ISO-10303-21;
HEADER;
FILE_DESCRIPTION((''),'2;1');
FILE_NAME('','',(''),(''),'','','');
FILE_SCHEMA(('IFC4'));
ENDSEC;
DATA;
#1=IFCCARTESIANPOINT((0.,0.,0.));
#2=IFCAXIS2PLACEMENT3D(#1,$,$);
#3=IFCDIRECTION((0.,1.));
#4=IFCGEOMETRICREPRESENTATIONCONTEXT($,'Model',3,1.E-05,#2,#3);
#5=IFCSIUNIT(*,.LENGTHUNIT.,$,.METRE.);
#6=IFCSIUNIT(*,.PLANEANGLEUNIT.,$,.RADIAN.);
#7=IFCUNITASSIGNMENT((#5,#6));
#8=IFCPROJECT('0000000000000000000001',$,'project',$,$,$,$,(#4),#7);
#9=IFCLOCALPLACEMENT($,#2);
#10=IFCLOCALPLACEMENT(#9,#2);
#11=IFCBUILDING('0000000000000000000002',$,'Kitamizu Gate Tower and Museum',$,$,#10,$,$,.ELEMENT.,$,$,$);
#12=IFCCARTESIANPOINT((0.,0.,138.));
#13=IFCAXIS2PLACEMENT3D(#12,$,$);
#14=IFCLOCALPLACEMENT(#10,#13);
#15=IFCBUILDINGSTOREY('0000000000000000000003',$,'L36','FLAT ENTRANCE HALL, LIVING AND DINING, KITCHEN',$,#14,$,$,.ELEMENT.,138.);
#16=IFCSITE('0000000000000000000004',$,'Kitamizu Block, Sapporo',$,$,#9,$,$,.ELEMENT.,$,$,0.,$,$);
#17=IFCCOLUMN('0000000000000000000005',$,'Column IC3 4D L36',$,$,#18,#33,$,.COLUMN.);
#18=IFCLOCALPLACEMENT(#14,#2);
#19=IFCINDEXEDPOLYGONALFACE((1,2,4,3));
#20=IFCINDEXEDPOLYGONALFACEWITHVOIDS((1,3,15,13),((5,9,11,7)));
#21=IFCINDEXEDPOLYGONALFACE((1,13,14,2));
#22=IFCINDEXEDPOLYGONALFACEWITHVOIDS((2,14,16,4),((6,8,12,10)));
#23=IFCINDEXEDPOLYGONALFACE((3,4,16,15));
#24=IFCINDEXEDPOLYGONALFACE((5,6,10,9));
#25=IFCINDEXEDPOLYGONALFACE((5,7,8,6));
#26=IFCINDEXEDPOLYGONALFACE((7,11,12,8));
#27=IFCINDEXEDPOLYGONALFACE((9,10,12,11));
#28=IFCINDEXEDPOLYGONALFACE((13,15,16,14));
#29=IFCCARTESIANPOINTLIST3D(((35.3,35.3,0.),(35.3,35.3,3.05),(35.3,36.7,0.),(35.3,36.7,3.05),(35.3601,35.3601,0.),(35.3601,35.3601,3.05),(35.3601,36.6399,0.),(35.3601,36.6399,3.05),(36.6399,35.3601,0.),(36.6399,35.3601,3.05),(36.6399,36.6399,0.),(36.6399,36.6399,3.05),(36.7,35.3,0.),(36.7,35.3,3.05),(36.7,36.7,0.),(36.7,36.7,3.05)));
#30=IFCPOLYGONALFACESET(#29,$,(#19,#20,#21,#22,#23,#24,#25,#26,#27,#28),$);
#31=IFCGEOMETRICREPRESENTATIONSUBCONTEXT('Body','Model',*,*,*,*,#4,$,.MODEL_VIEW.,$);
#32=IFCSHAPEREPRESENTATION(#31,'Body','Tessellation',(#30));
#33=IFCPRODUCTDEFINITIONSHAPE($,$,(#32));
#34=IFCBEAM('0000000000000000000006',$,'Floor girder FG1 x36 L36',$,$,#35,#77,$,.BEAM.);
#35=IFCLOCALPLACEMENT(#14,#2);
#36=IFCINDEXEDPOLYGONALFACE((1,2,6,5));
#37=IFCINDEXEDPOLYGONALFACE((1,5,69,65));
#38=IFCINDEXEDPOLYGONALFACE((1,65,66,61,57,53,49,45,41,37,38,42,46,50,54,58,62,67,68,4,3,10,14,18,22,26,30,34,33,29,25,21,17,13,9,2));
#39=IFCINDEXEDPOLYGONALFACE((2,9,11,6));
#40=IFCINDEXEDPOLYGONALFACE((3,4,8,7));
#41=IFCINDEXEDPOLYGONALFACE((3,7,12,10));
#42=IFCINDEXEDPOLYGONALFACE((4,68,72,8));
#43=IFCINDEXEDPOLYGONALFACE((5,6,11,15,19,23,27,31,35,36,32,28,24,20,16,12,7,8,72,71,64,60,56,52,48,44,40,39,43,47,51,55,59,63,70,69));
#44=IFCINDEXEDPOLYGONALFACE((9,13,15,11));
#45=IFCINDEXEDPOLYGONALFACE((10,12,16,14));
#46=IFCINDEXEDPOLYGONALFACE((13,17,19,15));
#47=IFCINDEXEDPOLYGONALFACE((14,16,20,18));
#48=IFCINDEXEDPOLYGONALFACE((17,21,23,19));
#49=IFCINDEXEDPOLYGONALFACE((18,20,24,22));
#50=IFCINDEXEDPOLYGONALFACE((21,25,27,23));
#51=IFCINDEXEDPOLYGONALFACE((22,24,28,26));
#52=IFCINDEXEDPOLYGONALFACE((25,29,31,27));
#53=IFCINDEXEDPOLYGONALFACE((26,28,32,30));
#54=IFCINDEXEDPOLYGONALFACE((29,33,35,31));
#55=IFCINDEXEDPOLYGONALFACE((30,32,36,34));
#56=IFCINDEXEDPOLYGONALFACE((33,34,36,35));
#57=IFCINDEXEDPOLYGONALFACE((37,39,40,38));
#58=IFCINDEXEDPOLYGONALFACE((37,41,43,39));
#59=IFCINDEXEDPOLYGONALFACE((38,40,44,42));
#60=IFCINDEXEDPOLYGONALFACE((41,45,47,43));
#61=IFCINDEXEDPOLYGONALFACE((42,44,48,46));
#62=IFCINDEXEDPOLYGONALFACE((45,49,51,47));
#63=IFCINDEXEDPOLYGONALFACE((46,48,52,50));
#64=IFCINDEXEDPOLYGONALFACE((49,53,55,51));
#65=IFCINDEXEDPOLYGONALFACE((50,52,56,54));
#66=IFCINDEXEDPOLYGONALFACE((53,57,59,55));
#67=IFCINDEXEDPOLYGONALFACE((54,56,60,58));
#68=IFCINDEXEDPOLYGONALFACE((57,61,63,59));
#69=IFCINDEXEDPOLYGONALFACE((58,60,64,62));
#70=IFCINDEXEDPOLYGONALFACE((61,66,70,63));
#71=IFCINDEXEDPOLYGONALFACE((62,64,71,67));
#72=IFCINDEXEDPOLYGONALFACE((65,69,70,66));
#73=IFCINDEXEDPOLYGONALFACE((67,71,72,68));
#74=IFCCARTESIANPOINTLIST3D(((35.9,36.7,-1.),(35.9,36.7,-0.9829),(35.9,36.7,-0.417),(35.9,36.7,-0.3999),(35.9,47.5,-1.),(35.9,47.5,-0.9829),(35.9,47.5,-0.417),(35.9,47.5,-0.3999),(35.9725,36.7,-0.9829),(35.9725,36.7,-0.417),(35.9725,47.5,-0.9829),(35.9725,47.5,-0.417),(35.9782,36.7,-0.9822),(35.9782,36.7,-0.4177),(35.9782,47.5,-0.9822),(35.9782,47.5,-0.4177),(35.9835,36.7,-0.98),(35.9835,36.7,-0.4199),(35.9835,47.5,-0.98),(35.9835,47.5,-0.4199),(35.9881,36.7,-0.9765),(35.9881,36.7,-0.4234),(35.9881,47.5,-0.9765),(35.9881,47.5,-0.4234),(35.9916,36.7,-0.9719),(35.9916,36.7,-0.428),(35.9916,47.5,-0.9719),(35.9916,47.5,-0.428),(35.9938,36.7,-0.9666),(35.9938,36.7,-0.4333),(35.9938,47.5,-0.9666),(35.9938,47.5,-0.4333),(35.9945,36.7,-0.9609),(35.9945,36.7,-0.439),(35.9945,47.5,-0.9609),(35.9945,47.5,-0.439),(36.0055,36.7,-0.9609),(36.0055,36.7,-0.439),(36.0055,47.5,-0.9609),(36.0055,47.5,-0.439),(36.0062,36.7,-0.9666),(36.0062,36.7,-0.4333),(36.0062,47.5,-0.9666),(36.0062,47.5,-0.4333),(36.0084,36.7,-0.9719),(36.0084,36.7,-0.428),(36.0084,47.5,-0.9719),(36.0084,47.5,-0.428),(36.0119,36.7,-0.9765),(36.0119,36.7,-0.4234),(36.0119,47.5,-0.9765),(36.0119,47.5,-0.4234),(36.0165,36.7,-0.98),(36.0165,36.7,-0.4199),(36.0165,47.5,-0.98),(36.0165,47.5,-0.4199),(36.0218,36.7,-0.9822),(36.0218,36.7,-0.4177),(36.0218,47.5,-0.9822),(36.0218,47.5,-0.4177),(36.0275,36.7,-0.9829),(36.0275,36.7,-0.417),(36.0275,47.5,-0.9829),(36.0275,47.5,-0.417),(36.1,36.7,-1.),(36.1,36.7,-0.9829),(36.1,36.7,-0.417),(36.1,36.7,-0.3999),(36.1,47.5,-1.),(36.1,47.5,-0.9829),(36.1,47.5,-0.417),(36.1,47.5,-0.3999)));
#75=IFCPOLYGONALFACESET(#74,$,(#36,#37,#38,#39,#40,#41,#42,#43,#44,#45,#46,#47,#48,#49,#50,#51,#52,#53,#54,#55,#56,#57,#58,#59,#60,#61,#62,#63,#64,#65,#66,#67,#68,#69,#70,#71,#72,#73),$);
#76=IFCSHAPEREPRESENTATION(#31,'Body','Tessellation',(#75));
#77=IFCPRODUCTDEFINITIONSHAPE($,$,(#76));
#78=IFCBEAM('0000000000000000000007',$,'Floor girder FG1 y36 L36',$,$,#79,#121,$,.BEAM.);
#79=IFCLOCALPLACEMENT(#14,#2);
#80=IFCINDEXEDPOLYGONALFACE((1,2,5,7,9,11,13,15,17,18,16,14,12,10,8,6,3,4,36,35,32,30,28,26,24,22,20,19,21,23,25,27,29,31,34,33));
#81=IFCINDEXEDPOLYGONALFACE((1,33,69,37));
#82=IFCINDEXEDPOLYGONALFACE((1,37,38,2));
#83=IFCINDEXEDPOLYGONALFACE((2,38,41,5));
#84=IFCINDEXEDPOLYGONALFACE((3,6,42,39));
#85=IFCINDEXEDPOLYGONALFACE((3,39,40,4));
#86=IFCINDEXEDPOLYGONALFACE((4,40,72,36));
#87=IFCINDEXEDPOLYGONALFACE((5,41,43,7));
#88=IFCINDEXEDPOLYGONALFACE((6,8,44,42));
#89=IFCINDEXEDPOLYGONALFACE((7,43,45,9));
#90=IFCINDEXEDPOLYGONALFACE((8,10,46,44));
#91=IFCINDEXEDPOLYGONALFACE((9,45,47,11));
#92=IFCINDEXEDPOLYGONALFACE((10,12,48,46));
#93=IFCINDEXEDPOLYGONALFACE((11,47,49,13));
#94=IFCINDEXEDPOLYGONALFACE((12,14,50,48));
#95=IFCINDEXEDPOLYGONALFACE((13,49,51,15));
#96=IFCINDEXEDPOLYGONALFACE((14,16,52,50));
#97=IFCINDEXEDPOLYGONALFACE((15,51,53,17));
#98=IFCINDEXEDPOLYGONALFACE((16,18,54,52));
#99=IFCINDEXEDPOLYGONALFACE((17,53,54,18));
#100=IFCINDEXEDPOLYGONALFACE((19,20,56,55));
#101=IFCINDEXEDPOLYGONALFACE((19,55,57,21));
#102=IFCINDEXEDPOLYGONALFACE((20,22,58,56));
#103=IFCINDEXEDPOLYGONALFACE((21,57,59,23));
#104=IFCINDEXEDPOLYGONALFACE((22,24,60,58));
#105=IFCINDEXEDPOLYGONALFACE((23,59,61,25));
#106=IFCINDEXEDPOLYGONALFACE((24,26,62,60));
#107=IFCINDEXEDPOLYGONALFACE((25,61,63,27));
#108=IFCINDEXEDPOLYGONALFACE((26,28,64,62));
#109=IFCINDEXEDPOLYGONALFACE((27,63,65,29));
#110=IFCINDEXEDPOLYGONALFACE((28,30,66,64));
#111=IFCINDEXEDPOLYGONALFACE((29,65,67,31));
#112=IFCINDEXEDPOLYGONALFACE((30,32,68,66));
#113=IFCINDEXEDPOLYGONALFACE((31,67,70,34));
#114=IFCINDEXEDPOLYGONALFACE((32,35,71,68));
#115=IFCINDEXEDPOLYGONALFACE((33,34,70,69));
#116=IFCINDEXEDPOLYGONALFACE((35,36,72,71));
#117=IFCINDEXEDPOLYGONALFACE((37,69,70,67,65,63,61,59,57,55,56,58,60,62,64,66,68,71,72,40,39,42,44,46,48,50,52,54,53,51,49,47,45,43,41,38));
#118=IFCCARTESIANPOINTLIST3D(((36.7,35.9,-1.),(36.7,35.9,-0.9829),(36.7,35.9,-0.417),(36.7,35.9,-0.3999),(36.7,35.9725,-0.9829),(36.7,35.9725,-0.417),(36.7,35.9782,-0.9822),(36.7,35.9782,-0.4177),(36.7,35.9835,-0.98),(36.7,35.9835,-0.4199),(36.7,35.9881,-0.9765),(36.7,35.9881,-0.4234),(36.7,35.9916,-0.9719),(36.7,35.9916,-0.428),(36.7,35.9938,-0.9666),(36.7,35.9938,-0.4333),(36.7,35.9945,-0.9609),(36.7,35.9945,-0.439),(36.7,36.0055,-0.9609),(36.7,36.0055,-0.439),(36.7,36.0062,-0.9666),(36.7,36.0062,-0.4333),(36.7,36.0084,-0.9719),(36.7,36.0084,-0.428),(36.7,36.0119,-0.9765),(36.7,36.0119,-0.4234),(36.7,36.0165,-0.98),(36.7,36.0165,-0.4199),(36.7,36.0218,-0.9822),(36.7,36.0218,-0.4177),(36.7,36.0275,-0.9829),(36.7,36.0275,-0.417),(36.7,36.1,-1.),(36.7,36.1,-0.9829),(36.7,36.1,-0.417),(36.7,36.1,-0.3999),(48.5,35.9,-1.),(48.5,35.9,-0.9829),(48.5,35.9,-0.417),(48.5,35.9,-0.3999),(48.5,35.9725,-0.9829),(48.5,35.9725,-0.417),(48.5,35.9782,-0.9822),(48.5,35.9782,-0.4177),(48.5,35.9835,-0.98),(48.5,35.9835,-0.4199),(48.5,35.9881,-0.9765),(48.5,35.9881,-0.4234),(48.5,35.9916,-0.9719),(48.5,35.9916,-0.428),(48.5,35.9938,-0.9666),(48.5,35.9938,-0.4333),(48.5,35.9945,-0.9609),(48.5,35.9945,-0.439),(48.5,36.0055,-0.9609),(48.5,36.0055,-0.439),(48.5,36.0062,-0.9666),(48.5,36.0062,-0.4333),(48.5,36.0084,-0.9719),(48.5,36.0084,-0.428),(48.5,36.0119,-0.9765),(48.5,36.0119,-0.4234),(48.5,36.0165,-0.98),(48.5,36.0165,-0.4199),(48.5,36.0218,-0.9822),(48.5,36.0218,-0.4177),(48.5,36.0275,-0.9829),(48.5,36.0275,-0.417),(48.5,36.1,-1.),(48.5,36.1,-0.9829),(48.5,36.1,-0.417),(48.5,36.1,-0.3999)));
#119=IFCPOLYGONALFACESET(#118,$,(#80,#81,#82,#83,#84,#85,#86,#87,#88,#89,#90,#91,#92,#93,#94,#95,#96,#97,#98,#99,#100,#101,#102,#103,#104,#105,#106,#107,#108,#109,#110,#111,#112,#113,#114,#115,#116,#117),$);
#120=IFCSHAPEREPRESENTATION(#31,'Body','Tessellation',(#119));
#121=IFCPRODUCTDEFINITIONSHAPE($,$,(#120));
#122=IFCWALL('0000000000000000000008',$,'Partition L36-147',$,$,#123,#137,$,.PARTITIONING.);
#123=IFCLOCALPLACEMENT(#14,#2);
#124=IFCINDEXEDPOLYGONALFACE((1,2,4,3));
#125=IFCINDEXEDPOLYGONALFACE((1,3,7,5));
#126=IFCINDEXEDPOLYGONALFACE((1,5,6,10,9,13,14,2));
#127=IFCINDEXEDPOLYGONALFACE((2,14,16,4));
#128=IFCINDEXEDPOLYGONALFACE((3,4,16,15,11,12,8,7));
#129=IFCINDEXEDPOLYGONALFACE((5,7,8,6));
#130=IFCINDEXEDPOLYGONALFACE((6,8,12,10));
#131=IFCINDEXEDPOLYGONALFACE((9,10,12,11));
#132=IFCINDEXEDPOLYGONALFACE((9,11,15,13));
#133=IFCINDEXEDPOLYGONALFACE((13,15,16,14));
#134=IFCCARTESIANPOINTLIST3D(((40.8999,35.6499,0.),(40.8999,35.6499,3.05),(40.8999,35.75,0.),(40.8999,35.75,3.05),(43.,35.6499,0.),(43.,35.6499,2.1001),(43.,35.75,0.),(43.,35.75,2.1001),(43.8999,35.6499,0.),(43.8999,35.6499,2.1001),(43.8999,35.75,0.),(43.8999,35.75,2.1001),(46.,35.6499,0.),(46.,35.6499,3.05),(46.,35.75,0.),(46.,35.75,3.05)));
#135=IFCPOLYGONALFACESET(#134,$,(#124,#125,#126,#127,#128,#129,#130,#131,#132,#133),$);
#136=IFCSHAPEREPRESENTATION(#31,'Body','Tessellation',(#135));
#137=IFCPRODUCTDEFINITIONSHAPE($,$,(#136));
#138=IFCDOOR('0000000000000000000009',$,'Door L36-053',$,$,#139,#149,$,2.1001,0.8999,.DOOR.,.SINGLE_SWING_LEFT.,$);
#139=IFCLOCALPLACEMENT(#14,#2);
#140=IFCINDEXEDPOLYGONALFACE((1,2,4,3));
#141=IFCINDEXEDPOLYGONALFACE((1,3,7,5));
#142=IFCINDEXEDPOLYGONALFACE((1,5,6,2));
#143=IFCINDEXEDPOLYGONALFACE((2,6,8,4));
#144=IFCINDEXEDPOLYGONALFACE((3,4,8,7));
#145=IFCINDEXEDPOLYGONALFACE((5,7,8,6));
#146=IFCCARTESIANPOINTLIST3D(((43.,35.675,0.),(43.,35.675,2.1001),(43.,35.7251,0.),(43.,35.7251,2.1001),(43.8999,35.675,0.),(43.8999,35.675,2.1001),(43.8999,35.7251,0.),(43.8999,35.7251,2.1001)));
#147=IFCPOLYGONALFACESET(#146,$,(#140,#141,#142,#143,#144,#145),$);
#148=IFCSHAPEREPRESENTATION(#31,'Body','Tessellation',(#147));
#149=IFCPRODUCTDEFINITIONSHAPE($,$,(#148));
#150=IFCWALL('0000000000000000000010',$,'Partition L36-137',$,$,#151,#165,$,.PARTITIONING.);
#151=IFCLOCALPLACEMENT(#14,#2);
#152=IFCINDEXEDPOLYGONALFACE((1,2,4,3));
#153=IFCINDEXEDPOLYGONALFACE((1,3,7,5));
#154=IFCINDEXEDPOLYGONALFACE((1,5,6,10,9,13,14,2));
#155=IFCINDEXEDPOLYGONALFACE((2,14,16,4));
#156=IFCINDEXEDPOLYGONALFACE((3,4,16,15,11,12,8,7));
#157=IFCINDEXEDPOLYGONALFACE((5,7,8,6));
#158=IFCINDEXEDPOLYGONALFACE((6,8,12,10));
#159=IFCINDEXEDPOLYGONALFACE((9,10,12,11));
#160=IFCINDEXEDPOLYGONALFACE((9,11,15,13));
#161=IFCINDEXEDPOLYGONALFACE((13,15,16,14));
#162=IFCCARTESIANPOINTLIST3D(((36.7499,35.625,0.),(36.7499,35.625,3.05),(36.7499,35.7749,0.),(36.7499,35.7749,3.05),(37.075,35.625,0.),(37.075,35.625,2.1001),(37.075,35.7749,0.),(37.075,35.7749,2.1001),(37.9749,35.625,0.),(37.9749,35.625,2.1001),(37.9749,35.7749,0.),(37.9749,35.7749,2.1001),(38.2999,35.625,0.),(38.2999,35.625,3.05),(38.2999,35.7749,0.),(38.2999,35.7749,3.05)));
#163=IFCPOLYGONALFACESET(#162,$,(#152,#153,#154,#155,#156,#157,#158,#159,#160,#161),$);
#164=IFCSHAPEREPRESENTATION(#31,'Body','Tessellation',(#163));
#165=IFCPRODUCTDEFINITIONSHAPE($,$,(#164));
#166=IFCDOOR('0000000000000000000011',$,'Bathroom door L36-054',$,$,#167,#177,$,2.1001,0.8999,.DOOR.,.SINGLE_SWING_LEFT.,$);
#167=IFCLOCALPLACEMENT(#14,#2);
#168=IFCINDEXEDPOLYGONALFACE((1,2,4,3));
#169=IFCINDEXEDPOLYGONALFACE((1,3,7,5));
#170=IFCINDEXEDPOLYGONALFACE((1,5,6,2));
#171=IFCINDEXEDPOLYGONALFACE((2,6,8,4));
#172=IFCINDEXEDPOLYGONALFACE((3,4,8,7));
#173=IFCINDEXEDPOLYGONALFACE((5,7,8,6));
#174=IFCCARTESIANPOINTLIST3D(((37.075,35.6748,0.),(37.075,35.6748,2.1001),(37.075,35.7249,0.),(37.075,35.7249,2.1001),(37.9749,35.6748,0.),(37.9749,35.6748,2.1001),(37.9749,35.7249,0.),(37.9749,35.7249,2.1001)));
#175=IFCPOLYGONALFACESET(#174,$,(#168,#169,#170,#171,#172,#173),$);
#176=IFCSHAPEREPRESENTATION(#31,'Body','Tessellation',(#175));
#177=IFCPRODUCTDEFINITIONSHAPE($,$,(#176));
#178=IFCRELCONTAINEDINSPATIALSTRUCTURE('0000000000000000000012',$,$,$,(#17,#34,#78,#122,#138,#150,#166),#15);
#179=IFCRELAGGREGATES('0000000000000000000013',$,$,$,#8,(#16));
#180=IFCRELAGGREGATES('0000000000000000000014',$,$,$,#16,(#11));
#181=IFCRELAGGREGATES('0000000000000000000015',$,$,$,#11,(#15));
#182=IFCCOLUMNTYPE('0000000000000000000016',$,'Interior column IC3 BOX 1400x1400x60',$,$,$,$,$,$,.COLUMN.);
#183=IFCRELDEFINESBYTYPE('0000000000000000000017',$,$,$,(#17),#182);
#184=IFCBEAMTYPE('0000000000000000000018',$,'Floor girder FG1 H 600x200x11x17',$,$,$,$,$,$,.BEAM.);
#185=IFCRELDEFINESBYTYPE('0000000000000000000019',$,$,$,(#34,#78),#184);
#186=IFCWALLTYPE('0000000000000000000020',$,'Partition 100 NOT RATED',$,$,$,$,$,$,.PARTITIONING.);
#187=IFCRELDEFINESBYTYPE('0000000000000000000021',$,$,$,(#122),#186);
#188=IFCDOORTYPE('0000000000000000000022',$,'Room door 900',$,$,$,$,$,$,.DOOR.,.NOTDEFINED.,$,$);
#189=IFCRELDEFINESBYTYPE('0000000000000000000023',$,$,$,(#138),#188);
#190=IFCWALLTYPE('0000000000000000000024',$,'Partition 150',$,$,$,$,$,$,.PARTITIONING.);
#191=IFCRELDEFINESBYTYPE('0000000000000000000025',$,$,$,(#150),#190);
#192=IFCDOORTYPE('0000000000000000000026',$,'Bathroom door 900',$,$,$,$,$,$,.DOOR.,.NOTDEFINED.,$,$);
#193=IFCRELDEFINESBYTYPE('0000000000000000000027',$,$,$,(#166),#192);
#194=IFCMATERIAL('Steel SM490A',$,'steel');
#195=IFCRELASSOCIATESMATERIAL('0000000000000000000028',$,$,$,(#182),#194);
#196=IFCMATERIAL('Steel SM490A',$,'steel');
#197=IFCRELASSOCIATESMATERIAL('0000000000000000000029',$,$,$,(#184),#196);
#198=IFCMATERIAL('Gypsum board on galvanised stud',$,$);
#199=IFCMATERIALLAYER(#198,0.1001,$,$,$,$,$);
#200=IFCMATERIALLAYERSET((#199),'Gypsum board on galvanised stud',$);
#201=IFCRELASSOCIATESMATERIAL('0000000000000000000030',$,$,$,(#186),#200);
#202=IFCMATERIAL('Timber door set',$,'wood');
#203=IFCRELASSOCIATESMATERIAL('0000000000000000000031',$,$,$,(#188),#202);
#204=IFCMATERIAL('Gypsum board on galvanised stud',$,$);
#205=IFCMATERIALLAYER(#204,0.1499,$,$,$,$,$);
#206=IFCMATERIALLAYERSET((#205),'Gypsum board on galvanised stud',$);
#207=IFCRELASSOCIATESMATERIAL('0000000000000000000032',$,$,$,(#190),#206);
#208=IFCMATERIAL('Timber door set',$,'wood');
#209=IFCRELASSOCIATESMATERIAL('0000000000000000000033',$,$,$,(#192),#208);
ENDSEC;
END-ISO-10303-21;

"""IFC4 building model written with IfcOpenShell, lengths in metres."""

from ifc_helpers import new_model, si_unit, direction, frame, frame_2d, origin, origin_2d, place, context, subcontext, project, spatial, rectangle, hollow_rectangle, i_section, extrude, material, layer, layer_set, material_profile, profile_set, type_object, element, fill, save


model = new_model("IFC4")

# Units and contexts
model_context = context("Model", 3, precision=1e-05, world=origin(), true_north=direction((0.0, 1.0)))
body_context = subcontext(model_context, "Body", "Model", "MODEL_VIEW")
ifc_project = project(units=[si_unit("LENGTHUNIT", "METRE"), si_unit("PLANEANGLEUNIT", "RADIAN")], contexts=[model_context])

# Site, building, storey
site_placement = place(None, origin())
site = spatial("IfcSite", under=ifc_project, at=site_placement, Name="Kitamizu Block, Sapporo", CompositionType="ELEMENT", RefElevation=0.0)
building_placement = place(site_placement, origin())
building = spatial("IfcBuilding", under=site, at=building_placement, Name="Kitamizu Gate Tower and Museum", CompositionType="ELEMENT")
storey_placement = place(building_placement, frame((0.0, 0.0, 138.0)))
storey = spatial("IfcBuildingStorey", under=building, at=storey_placement, Name="L36", Description="FLAT ENTRANCE HALL, LIVING AND DINING, KITCHEN", CompositionType="ELEMENT", Elevation=138.0)

# Column
ifc_material_1 = material(Name="Steel SM490A", Category="steel")
ifc_material_profile_1 = material_profile(ifc_material_1, hollow_rectangle(XDim=1.3999, YDim=1.3999, WallThickness=0.0601, at=origin_2d()), Name="BOX 1400x1400x60")
ifc_profile_set_1 = profile_set([ifc_material_profile_1], Name="Steel SM490A")
column_type = type_object("IfcColumnType", Name="Interior column IC3 BOX 1400x1400x60", PredefinedType="COLUMN", material=ifc_profile_set_1)
column_placement = place(storey_placement, frame((36.0, 36.0, 0.0), z_axis=(0.0, 0.0, 1.0), x_axis=(1.0, 0.0, 0.0)))
element("IfcColumn", 1, at=column_placement, inside=storey, type_object=column_type, Name="Column IC3 4D L36", PredefinedType="COLUMN", context=body_context, shape_type="SweptSolid", body=[
    extrude(hollow_rectangle(XDim=1.3999, YDim=1.3999, WallThickness=0.0601, at=origin_2d()), origin(), (0.0, 0.0, 1.0), 3.05),
])

# Beams
ifc_material_2 = material(Name="Steel SM490A", Category="steel")
ifc_material_profile_2 = material_profile(ifc_material_2, i_section(OverallWidth=0.2, OverallDepth=0.6001, WebThickness=0.011, FlangeThickness=0.0171, FilletRadius=0.022, at=origin_2d()), Name="H-600x200x11x17")
ifc_profile_set_2 = profile_set([ifc_material_profile_2], Name="Steel SM490A")
beam_type = type_object("IfcBeamType", Name="Floor girder FG1 H 600x200x11x17", PredefinedType="BEAM", material=ifc_profile_set_2)
beam_1_placement = place(storey_placement, frame((36.0, 36.7, -0.7), z_axis=(0.0, 1.0, 0.0), x_axis=(-1.0, 0.0, 0.0)))
element("IfcBeam", 2, at=beam_1_placement, inside=storey, type_object=beam_type, Name="Floor girder FG1 x36 L36", PredefinedType="BEAM", context=body_context, shape_type="SweptSolid", body=[
    extrude(i_section(OverallWidth=0.2, OverallDepth=0.6001, WebThickness=0.011, FlangeThickness=0.0171, FilletRadius=0.022, at=origin_2d()), origin(), (0.0, 0.0, 1.0), 10.8),
])
beam_2_placement = place(storey_placement, frame((36.7, 36.0, -0.7), z_axis=(1.0, 0.0, 0.0), x_axis=(0.0, 1.0, 0.0)))
element("IfcBeam", 3, at=beam_2_placement, inside=storey, type_object=beam_type, Name="Floor girder FG1 y36 L36", PredefinedType="BEAM", context=body_context, shape_type="SweptSolid", body=[
    extrude(i_section(OverallWidth=0.2, OverallDepth=0.6001, WebThickness=0.011, FlangeThickness=0.0171, FilletRadius=0.022, at=origin_2d()), origin(), (0.0, 0.0, 1.0), 11.8),
])

# Walls, openings, doors
ifc_material_3 = material(Name="Gypsum board on galvanised stud")
ifc_layer_1 = layer(ifc_material_3, 0.1001)
ifc_layer_set_1 = layer_set([ifc_layer_1], Name="Gypsum board on galvanised stud")
wall_type_1 = type_object("IfcWallType", Name="Partition 100 NOT RATED", PredefinedType="PARTITIONING", material=ifc_layer_set_1)
wall_1_placement = place(storey_placement, frame((40.8999, 35.7, 0.0), z_axis=(0.0, 0.0, 1.0), x_axis=(1.0, 0.0, 0.0)))
wall_1 = element("IfcWall", 4, at=wall_1_placement, inside=storey, type_object=wall_type_1, Name="Partition L36-147", PredefinedType="PARTITIONING", context=body_context, shape_type="SweptSolid", body=[
    extrude(rectangle(XDim=5.1001, YDim=0.1001, at=frame_2d((2.55, 0.0))), origin(), (0.0, 0.0, 1.0), 3.05),
])
opening_1_placement = place(wall_1_placement, frame((2.1001, 0.0, 0.0)))
opening_1 = element("IfcOpeningElement", 5, at=opening_1_placement, cuts=wall_1, PredefinedType="OPENING", context=body_context, shape_type="SweptSolid", body=[
    extrude(rectangle(XDim=0.8999, YDim=2.1001, at=frame_2d((0.45, 1.05))), frame((0.0, 0.0601, 0.0), z_axis=(0.0, -1.0, 0.0), x_axis=(1.0, 0.0, 0.0)), (0.0, 0.0, 1.0), 0.1201),
])
ifc_material_4 = material(Name="Timber door set", Category="wood")
door_type_1 = type_object("IfcDoorType", Name="Room door 900", OperationType="NOTDEFINED", PredefinedType="DOOR", material=ifc_material_4)
door_1_placement = place(opening_1_placement, frame((0.8999, 0.0, 0.0), x_axis=(-1.0, 0.0, 0.0)))
door_1 = element("IfcDoor", 6, at=door_1_placement, inside=storey, type_object=door_type_1, Name="Door L36-053", OperationType="SINGLE_SWING_LEFT", OverallHeight=2.1001, OverallWidth=0.8999, PredefinedType="DOOR", context=body_context, shape_type="SweptSolid", body=[
    extrude(rectangle(XDim=0.8999, YDim=2.1001, at=frame_2d((0.45, 1.05))), frame((0.0, 0.0249, 0.0), z_axis=(0.0, -1.0, 0.0), x_axis=(1.0, 0.0, 0.0)), (0.0, 0.0, 1.0), 0.05),
])
fill(opening_1, door_1)
ifc_material_5 = material(Name="Gypsum board on galvanised stud")
ifc_layer_2 = layer(ifc_material_5, 0.1499)
ifc_layer_set_2 = layer_set([ifc_layer_2], Name="Gypsum board on galvanised stud")
wall_type_2 = type_object("IfcWallType", Name="Partition 150", PredefinedType="PARTITIONING", material=ifc_layer_set_2)
wall_2_placement = place(storey_placement, frame((36.75, 35.7, 0.0), z_axis=(0.0, 0.0, 1.0), x_axis=(1.0, 0.0, 0.0)))
wall_2 = element("IfcWall", 7, at=wall_2_placement, inside=storey, type_object=wall_type_2, Name="Partition L36-137", PredefinedType="PARTITIONING", context=body_context, shape_type="SweptSolid", body=[
    extrude(rectangle(XDim=1.55, YDim=0.1499, at=frame_2d((0.7749, 0.0))), origin(), (0.0, 0.0, 1.0), 3.05),
])
opening_2_placement = place(wall_2_placement, frame((0.325, 0.0, 0.0)))
opening_2 = element("IfcOpeningElement", 8, at=opening_2_placement, cuts=wall_2, PredefinedType="OPENING", context=body_context, shape_type="SweptSolid", body=[
    extrude(rectangle(XDim=0.8999, YDim=2.1001, at=frame_2d((0.45, 1.05))), frame((0.0, 0.085, 0.0), z_axis=(0.0, -1.0, 0.0), x_axis=(1.0, 0.0, 0.0)), (0.0, 0.0, 1.0), 0.1699),
])
ifc_material_6 = material(Name="Timber door set", Category="wood")
door_type_2 = type_object("IfcDoorType", Name="Bathroom door 900", OperationType="NOTDEFINED", PredefinedType="DOOR", material=ifc_material_6)
door_2_placement = place(opening_2_placement, origin())
door_2 = element("IfcDoor", 9, at=door_2_placement, inside=storey, type_object=door_type_2, Name="Bathroom door L36-054", OperationType="SINGLE_SWING_LEFT", OverallHeight=2.1001, OverallWidth=0.8999, PredefinedType="DOOR", context=body_context, shape_type="SweptSolid", body=[
    extrude(rectangle(XDim=0.8999, YDim=2.1001, at=frame_2d((0.45, 1.05))), frame((0.0, 0.0249, 0.0), z_axis=(0.0, -1.0, 0.0), x_axis=(1.0, 0.0, 0.0)), (0.0, 0.0, 1.0), 0.05),
])
fill(opening_2, door_2)

save(model, "model.ifc")
